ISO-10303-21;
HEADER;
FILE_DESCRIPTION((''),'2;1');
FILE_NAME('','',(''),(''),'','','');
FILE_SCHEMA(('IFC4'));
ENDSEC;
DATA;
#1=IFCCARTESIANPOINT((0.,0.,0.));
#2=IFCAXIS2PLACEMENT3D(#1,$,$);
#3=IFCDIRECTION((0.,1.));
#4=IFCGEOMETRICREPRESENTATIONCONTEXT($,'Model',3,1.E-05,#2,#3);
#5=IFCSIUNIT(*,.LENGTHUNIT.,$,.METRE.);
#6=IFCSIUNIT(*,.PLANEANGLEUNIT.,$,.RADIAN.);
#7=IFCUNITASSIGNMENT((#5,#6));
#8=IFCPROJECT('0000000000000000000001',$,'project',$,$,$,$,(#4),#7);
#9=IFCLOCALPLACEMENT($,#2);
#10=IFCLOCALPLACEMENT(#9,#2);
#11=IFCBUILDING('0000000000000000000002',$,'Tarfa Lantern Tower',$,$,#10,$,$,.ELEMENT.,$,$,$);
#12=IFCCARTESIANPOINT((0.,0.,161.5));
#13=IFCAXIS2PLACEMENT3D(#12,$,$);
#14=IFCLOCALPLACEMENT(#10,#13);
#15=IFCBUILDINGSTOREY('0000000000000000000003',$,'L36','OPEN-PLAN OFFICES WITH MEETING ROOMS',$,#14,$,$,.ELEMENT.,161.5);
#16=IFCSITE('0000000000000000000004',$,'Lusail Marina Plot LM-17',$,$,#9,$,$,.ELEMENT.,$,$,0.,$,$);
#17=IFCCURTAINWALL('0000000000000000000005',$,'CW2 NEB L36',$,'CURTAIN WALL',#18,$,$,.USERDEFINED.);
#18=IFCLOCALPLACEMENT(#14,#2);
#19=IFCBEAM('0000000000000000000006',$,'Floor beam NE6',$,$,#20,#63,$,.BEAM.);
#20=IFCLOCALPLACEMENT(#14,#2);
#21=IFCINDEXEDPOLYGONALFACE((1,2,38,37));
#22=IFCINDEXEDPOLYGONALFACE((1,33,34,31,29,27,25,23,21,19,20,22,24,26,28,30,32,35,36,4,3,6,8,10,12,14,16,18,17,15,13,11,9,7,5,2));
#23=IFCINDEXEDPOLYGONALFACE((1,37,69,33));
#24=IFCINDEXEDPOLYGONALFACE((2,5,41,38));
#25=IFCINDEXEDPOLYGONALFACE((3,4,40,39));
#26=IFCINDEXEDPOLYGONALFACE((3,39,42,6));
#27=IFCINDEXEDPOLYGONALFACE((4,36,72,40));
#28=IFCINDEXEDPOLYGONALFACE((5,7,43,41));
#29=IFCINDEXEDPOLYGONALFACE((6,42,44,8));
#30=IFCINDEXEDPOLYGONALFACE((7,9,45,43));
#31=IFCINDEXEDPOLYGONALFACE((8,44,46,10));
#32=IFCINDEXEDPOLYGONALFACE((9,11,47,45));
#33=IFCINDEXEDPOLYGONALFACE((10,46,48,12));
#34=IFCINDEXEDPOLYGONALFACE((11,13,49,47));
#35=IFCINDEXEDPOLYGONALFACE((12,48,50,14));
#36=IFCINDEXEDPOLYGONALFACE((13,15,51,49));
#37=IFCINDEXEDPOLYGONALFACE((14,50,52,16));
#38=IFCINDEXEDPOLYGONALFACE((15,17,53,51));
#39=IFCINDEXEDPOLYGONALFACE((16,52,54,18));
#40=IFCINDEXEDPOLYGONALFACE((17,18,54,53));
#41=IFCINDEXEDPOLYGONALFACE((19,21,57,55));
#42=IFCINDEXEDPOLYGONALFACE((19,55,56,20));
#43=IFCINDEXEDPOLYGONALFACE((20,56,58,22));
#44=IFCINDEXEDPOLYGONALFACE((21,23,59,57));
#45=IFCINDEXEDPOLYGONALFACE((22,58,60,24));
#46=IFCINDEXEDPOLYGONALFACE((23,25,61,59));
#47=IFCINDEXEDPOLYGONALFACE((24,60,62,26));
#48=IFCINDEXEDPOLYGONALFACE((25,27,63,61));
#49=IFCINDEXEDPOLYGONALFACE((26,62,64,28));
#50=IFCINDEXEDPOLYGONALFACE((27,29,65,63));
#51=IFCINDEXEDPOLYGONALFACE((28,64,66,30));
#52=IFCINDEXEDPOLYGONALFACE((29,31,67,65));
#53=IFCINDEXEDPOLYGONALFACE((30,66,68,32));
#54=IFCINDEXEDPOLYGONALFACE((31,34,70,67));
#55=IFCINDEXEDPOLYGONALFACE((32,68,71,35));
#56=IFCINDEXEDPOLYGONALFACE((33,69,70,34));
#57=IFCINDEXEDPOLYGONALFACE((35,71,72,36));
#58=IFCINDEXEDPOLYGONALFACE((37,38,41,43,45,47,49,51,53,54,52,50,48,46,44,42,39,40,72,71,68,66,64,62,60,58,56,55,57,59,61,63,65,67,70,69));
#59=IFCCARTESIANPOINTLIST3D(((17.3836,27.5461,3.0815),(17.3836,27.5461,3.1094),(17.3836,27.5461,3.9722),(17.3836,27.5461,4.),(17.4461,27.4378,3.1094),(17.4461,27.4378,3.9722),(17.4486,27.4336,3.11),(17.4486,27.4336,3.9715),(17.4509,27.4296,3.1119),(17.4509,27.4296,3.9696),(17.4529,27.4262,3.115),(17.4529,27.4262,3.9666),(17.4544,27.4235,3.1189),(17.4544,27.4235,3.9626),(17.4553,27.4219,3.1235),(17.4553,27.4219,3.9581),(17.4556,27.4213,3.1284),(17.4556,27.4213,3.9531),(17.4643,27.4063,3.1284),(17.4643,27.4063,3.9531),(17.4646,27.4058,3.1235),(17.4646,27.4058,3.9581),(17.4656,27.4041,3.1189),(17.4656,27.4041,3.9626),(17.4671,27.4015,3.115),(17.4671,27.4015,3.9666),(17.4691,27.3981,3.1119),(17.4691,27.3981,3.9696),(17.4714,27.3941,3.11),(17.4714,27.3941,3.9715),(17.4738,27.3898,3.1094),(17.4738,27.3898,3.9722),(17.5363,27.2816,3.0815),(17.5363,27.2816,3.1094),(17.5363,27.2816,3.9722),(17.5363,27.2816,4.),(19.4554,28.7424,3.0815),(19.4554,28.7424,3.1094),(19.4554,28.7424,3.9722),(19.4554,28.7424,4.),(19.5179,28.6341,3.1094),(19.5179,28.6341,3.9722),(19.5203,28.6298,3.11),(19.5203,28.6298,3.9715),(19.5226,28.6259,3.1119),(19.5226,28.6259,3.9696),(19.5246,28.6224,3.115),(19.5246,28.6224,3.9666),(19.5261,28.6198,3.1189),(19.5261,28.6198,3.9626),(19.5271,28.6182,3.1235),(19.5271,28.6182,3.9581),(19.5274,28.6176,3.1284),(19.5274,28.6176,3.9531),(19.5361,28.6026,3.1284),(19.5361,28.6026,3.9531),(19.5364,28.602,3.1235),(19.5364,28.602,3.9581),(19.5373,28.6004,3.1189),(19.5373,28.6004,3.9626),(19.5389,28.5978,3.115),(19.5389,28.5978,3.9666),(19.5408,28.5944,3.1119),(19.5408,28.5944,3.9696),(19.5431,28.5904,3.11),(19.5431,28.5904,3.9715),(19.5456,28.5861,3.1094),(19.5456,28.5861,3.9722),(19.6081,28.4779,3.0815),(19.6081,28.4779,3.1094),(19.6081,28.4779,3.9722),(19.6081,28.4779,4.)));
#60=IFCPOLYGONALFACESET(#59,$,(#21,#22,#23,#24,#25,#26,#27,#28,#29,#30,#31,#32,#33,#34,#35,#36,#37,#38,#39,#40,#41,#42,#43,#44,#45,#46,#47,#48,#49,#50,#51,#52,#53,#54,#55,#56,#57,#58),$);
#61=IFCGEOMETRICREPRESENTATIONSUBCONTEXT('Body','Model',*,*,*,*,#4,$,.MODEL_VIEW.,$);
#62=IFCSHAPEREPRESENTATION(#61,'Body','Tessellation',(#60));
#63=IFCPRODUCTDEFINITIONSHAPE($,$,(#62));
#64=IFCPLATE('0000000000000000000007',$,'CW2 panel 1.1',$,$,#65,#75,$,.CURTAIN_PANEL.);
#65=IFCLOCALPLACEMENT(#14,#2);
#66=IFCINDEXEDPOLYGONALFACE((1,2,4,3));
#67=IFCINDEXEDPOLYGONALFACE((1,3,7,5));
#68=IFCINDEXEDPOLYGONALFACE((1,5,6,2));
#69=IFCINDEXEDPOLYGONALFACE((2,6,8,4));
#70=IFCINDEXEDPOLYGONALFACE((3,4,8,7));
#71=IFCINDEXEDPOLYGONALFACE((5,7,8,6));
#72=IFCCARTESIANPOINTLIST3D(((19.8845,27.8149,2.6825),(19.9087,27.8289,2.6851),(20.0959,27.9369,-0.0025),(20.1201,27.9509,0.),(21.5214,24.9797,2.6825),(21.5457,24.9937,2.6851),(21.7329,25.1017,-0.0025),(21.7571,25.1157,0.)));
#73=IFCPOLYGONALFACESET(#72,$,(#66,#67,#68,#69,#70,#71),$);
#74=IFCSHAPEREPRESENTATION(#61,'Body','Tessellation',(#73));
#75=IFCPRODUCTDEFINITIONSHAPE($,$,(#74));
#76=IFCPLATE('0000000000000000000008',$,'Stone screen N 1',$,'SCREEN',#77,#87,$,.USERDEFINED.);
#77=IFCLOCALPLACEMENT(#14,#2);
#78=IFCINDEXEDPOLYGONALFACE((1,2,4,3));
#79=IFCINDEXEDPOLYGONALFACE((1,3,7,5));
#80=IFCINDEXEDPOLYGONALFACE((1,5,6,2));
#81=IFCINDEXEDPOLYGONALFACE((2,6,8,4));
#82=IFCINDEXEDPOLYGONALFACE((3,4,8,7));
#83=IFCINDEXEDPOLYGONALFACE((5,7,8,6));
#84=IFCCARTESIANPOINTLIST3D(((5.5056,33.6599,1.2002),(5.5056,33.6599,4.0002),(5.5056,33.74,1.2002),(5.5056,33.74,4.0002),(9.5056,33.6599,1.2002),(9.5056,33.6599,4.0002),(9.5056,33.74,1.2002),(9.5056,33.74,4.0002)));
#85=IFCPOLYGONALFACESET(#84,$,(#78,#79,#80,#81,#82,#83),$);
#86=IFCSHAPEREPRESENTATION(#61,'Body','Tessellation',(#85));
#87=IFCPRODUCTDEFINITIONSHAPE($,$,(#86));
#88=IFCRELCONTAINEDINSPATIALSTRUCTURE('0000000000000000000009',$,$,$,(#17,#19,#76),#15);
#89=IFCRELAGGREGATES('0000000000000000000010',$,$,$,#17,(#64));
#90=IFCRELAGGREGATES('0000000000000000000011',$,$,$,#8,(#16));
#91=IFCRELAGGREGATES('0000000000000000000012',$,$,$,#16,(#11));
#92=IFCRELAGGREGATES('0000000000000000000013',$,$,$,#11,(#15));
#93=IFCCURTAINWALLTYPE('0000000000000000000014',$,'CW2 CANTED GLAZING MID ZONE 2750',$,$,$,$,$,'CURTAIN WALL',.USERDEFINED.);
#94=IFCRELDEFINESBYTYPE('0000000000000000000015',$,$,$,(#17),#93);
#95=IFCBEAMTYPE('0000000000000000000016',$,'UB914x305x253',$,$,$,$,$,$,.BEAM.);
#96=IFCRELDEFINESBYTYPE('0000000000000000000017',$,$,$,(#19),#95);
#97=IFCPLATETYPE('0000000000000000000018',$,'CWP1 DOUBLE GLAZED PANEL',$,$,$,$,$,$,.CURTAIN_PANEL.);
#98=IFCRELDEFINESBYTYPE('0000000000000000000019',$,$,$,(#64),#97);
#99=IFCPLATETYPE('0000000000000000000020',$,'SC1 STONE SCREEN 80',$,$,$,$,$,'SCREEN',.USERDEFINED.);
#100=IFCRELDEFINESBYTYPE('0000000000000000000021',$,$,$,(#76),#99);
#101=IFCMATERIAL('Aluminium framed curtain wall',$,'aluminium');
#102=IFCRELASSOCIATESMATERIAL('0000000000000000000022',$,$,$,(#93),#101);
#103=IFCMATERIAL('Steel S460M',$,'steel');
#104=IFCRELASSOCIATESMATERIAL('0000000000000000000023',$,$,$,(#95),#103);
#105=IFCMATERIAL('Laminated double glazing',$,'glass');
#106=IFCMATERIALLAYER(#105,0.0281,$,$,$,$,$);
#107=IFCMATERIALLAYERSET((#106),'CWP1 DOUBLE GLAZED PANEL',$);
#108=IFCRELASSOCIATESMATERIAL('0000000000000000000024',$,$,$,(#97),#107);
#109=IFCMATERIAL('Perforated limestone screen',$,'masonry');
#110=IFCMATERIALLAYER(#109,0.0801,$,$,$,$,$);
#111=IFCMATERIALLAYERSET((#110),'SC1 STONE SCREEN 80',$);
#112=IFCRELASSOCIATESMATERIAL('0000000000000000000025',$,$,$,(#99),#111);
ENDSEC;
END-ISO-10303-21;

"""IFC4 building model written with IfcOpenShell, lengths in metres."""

from ifc_helpers import new_model, si_unit, direction, frame, origin, origin_2d, place, context, subcontext, project, spatial, polyline, rectangle, i_section, outline, extrude, material, layer, layer_set, material_profile, profile_set, type_object, element, aggregate, save


model = new_model("IFC4")

# Units and contexts
model_context = context("Model", 3, precision=1e-05, world=origin(), true_north=direction((0.0, 1.0)))
body_context = subcontext(model_context, "Body", "Model", "MODEL_VIEW")
ifc_project = project(units=[si_unit("LENGTHUNIT", "METRE"), si_unit("PLANEANGLEUNIT", "RADIAN")], contexts=[model_context])

# Site, building, storey
site_placement = place(None, origin())
site = spatial("IfcSite", under=ifc_project, at=site_placement, Name="Lusail Marina Plot LM-17", CompositionType="ELEMENT", RefElevation=0.0)
building_placement = place(site_placement, origin())
building = spatial("IfcBuilding", under=site, at=building_placement, Name="Tarfa Lantern Tower", CompositionType="ELEMENT")
storey_placement = place(building_placement, frame((0.0, 0.0, 161.5)))
storey = spatial("IfcBuildingStorey", under=building, at=storey_placement, Name="L36", Description="OPEN-PLAN OFFICES WITH MEETING ROOMS", CompositionType="ELEMENT", Elevation=161.5)

# Shared definitions
ifc_material_1 = material(Name="Aluminium framed curtain wall", Category="aluminium")
curtain_wall_type = type_object("IfcCurtainWallType", Name="CW2 CANTED GLAZING MID ZONE 2750", ElementType="CURTAIN WALL", PredefinedType="USERDEFINED", material=ifc_material_1)

# Curtain wall
curtain_wall_1_placement = place(storey_placement, origin())
curtain_wall_1 = element("IfcCurtainWall", 1, at=curtain_wall_1_placement, inside=storey, type_object=curtain_wall_type, Name="CW2 NEB L36", ObjectType="CURTAIN WALL", PredefinedType="USERDEFINED")

# Beam
ifc_material_2 = material(Name="Steel S460M", Category="steel")
ifc_material_profile_1 = material_profile(ifc_material_2, i_section(OverallWidth=0.3054, OverallDepth=0.9185, WebThickness=0.0173, FlangeThickness=0.0278, FilletRadius=0.019, at=origin_2d()), Name="UB914x305x253")
ifc_profile_set_1 = profile_set([ifc_material_profile_1], Name="Steel S460M")
beam_type_1 = type_object("IfcBeamType", Name="UB914x305x253", PredefinedType="BEAM", material=ifc_profile_set_1)
beam_1_placement = place(storey_placement, frame((19.5317, 28.6101, 3.5408), z_axis=(-0.865999, -0.500046, 0.0), x_axis=(0.500046, -0.865999, 0.0)))
element("IfcBeam", 2, at=beam_1_placement, inside=storey, type_object=beam_type_1, Name="Floor beam NE6", PredefinedType="BEAM", context=body_context, shape_type="SweptSolid", body=[
    extrude(i_section(OverallWidth=0.3054, OverallDepth=0.9185, WebThickness=0.0173, FlangeThickness=0.0278, FilletRadius=0.019, at=origin_2d()), origin(), (0.0, 0.0, 1.0), 2.3923),
])

# Plates
ifc_material_3 = material(Name="Laminated double glazing", Category="glass")
ifc_layer_1 = layer(ifc_material_3, 0.0281)
ifc_layer_set_1 = layer_set([ifc_layer_1], Name="CWP1 DOUBLE GLAZED PANEL")
plate_type_1 = type_object("IfcPlateType", Name="CWP1 DOUBLE GLAZED PANEL", PredefinedType="CURTAIN_PANEL", material=ifc_layer_set_1)
plate_1_placement = place(storey_placement, frame((21.7571, 25.1157, 0.0), z_axis=(0.86246, 0.497959, 0.09055), x_axis=(-0.500013, 0.866018, 0.0)))
plate_1 = element("IfcPlate", 3, at=plate_1_placement, type_object=plate_type_1, Name="CW2 panel 1.1", PredefinedType="CURTAIN_PANEL", context=body_context, shape_type="SweptSolid", body=[
    extrude(outline(polyline([(0.0, 0.0), (3.2738, 0.0), (3.2738, 2.6961), (0.0, 2.6961), (0.0, 0.0)])), origin(), (0.0, 0.0, -1.0), 0.0281),
])
aggregate(curtain_wall_1, [plate_1])
ifc_material_4 = material(Name="Perforated limestone screen", Category="masonry")
ifc_layer_2 = layer(ifc_material_4, 0.0801)
ifc_layer_set_2 = layer_set([ifc_layer_2], Name="SC1 STONE SCREEN 80")
plate_type_2 = type_object("IfcPlateType", Name="SC1 STONE SCREEN 80", ElementType="SCREEN", PredefinedType="USERDEFINED", material=ifc_layer_set_2)
plate_2_placement = place(storey_placement, frame((7.5056, 33.7, 1.2002), z_axis=(0.0, 0.0, 1.0), x_axis=(-1.0, 0.0, 0.0)))
element("IfcPlate", 4, at=plate_2_placement, inside=storey, type_object=plate_type_2, Name="Stone screen N 1", ObjectType="SCREEN", PredefinedType="USERDEFINED", context=body_context, shape_type="SweptSolid", body=[
    extrude(rectangle(XDim=4.0, YDim=0.0801, at=origin_2d()), origin(), (0.0, 0.0, 1.0), 2.8),
])

save(model, "model.ifc")
